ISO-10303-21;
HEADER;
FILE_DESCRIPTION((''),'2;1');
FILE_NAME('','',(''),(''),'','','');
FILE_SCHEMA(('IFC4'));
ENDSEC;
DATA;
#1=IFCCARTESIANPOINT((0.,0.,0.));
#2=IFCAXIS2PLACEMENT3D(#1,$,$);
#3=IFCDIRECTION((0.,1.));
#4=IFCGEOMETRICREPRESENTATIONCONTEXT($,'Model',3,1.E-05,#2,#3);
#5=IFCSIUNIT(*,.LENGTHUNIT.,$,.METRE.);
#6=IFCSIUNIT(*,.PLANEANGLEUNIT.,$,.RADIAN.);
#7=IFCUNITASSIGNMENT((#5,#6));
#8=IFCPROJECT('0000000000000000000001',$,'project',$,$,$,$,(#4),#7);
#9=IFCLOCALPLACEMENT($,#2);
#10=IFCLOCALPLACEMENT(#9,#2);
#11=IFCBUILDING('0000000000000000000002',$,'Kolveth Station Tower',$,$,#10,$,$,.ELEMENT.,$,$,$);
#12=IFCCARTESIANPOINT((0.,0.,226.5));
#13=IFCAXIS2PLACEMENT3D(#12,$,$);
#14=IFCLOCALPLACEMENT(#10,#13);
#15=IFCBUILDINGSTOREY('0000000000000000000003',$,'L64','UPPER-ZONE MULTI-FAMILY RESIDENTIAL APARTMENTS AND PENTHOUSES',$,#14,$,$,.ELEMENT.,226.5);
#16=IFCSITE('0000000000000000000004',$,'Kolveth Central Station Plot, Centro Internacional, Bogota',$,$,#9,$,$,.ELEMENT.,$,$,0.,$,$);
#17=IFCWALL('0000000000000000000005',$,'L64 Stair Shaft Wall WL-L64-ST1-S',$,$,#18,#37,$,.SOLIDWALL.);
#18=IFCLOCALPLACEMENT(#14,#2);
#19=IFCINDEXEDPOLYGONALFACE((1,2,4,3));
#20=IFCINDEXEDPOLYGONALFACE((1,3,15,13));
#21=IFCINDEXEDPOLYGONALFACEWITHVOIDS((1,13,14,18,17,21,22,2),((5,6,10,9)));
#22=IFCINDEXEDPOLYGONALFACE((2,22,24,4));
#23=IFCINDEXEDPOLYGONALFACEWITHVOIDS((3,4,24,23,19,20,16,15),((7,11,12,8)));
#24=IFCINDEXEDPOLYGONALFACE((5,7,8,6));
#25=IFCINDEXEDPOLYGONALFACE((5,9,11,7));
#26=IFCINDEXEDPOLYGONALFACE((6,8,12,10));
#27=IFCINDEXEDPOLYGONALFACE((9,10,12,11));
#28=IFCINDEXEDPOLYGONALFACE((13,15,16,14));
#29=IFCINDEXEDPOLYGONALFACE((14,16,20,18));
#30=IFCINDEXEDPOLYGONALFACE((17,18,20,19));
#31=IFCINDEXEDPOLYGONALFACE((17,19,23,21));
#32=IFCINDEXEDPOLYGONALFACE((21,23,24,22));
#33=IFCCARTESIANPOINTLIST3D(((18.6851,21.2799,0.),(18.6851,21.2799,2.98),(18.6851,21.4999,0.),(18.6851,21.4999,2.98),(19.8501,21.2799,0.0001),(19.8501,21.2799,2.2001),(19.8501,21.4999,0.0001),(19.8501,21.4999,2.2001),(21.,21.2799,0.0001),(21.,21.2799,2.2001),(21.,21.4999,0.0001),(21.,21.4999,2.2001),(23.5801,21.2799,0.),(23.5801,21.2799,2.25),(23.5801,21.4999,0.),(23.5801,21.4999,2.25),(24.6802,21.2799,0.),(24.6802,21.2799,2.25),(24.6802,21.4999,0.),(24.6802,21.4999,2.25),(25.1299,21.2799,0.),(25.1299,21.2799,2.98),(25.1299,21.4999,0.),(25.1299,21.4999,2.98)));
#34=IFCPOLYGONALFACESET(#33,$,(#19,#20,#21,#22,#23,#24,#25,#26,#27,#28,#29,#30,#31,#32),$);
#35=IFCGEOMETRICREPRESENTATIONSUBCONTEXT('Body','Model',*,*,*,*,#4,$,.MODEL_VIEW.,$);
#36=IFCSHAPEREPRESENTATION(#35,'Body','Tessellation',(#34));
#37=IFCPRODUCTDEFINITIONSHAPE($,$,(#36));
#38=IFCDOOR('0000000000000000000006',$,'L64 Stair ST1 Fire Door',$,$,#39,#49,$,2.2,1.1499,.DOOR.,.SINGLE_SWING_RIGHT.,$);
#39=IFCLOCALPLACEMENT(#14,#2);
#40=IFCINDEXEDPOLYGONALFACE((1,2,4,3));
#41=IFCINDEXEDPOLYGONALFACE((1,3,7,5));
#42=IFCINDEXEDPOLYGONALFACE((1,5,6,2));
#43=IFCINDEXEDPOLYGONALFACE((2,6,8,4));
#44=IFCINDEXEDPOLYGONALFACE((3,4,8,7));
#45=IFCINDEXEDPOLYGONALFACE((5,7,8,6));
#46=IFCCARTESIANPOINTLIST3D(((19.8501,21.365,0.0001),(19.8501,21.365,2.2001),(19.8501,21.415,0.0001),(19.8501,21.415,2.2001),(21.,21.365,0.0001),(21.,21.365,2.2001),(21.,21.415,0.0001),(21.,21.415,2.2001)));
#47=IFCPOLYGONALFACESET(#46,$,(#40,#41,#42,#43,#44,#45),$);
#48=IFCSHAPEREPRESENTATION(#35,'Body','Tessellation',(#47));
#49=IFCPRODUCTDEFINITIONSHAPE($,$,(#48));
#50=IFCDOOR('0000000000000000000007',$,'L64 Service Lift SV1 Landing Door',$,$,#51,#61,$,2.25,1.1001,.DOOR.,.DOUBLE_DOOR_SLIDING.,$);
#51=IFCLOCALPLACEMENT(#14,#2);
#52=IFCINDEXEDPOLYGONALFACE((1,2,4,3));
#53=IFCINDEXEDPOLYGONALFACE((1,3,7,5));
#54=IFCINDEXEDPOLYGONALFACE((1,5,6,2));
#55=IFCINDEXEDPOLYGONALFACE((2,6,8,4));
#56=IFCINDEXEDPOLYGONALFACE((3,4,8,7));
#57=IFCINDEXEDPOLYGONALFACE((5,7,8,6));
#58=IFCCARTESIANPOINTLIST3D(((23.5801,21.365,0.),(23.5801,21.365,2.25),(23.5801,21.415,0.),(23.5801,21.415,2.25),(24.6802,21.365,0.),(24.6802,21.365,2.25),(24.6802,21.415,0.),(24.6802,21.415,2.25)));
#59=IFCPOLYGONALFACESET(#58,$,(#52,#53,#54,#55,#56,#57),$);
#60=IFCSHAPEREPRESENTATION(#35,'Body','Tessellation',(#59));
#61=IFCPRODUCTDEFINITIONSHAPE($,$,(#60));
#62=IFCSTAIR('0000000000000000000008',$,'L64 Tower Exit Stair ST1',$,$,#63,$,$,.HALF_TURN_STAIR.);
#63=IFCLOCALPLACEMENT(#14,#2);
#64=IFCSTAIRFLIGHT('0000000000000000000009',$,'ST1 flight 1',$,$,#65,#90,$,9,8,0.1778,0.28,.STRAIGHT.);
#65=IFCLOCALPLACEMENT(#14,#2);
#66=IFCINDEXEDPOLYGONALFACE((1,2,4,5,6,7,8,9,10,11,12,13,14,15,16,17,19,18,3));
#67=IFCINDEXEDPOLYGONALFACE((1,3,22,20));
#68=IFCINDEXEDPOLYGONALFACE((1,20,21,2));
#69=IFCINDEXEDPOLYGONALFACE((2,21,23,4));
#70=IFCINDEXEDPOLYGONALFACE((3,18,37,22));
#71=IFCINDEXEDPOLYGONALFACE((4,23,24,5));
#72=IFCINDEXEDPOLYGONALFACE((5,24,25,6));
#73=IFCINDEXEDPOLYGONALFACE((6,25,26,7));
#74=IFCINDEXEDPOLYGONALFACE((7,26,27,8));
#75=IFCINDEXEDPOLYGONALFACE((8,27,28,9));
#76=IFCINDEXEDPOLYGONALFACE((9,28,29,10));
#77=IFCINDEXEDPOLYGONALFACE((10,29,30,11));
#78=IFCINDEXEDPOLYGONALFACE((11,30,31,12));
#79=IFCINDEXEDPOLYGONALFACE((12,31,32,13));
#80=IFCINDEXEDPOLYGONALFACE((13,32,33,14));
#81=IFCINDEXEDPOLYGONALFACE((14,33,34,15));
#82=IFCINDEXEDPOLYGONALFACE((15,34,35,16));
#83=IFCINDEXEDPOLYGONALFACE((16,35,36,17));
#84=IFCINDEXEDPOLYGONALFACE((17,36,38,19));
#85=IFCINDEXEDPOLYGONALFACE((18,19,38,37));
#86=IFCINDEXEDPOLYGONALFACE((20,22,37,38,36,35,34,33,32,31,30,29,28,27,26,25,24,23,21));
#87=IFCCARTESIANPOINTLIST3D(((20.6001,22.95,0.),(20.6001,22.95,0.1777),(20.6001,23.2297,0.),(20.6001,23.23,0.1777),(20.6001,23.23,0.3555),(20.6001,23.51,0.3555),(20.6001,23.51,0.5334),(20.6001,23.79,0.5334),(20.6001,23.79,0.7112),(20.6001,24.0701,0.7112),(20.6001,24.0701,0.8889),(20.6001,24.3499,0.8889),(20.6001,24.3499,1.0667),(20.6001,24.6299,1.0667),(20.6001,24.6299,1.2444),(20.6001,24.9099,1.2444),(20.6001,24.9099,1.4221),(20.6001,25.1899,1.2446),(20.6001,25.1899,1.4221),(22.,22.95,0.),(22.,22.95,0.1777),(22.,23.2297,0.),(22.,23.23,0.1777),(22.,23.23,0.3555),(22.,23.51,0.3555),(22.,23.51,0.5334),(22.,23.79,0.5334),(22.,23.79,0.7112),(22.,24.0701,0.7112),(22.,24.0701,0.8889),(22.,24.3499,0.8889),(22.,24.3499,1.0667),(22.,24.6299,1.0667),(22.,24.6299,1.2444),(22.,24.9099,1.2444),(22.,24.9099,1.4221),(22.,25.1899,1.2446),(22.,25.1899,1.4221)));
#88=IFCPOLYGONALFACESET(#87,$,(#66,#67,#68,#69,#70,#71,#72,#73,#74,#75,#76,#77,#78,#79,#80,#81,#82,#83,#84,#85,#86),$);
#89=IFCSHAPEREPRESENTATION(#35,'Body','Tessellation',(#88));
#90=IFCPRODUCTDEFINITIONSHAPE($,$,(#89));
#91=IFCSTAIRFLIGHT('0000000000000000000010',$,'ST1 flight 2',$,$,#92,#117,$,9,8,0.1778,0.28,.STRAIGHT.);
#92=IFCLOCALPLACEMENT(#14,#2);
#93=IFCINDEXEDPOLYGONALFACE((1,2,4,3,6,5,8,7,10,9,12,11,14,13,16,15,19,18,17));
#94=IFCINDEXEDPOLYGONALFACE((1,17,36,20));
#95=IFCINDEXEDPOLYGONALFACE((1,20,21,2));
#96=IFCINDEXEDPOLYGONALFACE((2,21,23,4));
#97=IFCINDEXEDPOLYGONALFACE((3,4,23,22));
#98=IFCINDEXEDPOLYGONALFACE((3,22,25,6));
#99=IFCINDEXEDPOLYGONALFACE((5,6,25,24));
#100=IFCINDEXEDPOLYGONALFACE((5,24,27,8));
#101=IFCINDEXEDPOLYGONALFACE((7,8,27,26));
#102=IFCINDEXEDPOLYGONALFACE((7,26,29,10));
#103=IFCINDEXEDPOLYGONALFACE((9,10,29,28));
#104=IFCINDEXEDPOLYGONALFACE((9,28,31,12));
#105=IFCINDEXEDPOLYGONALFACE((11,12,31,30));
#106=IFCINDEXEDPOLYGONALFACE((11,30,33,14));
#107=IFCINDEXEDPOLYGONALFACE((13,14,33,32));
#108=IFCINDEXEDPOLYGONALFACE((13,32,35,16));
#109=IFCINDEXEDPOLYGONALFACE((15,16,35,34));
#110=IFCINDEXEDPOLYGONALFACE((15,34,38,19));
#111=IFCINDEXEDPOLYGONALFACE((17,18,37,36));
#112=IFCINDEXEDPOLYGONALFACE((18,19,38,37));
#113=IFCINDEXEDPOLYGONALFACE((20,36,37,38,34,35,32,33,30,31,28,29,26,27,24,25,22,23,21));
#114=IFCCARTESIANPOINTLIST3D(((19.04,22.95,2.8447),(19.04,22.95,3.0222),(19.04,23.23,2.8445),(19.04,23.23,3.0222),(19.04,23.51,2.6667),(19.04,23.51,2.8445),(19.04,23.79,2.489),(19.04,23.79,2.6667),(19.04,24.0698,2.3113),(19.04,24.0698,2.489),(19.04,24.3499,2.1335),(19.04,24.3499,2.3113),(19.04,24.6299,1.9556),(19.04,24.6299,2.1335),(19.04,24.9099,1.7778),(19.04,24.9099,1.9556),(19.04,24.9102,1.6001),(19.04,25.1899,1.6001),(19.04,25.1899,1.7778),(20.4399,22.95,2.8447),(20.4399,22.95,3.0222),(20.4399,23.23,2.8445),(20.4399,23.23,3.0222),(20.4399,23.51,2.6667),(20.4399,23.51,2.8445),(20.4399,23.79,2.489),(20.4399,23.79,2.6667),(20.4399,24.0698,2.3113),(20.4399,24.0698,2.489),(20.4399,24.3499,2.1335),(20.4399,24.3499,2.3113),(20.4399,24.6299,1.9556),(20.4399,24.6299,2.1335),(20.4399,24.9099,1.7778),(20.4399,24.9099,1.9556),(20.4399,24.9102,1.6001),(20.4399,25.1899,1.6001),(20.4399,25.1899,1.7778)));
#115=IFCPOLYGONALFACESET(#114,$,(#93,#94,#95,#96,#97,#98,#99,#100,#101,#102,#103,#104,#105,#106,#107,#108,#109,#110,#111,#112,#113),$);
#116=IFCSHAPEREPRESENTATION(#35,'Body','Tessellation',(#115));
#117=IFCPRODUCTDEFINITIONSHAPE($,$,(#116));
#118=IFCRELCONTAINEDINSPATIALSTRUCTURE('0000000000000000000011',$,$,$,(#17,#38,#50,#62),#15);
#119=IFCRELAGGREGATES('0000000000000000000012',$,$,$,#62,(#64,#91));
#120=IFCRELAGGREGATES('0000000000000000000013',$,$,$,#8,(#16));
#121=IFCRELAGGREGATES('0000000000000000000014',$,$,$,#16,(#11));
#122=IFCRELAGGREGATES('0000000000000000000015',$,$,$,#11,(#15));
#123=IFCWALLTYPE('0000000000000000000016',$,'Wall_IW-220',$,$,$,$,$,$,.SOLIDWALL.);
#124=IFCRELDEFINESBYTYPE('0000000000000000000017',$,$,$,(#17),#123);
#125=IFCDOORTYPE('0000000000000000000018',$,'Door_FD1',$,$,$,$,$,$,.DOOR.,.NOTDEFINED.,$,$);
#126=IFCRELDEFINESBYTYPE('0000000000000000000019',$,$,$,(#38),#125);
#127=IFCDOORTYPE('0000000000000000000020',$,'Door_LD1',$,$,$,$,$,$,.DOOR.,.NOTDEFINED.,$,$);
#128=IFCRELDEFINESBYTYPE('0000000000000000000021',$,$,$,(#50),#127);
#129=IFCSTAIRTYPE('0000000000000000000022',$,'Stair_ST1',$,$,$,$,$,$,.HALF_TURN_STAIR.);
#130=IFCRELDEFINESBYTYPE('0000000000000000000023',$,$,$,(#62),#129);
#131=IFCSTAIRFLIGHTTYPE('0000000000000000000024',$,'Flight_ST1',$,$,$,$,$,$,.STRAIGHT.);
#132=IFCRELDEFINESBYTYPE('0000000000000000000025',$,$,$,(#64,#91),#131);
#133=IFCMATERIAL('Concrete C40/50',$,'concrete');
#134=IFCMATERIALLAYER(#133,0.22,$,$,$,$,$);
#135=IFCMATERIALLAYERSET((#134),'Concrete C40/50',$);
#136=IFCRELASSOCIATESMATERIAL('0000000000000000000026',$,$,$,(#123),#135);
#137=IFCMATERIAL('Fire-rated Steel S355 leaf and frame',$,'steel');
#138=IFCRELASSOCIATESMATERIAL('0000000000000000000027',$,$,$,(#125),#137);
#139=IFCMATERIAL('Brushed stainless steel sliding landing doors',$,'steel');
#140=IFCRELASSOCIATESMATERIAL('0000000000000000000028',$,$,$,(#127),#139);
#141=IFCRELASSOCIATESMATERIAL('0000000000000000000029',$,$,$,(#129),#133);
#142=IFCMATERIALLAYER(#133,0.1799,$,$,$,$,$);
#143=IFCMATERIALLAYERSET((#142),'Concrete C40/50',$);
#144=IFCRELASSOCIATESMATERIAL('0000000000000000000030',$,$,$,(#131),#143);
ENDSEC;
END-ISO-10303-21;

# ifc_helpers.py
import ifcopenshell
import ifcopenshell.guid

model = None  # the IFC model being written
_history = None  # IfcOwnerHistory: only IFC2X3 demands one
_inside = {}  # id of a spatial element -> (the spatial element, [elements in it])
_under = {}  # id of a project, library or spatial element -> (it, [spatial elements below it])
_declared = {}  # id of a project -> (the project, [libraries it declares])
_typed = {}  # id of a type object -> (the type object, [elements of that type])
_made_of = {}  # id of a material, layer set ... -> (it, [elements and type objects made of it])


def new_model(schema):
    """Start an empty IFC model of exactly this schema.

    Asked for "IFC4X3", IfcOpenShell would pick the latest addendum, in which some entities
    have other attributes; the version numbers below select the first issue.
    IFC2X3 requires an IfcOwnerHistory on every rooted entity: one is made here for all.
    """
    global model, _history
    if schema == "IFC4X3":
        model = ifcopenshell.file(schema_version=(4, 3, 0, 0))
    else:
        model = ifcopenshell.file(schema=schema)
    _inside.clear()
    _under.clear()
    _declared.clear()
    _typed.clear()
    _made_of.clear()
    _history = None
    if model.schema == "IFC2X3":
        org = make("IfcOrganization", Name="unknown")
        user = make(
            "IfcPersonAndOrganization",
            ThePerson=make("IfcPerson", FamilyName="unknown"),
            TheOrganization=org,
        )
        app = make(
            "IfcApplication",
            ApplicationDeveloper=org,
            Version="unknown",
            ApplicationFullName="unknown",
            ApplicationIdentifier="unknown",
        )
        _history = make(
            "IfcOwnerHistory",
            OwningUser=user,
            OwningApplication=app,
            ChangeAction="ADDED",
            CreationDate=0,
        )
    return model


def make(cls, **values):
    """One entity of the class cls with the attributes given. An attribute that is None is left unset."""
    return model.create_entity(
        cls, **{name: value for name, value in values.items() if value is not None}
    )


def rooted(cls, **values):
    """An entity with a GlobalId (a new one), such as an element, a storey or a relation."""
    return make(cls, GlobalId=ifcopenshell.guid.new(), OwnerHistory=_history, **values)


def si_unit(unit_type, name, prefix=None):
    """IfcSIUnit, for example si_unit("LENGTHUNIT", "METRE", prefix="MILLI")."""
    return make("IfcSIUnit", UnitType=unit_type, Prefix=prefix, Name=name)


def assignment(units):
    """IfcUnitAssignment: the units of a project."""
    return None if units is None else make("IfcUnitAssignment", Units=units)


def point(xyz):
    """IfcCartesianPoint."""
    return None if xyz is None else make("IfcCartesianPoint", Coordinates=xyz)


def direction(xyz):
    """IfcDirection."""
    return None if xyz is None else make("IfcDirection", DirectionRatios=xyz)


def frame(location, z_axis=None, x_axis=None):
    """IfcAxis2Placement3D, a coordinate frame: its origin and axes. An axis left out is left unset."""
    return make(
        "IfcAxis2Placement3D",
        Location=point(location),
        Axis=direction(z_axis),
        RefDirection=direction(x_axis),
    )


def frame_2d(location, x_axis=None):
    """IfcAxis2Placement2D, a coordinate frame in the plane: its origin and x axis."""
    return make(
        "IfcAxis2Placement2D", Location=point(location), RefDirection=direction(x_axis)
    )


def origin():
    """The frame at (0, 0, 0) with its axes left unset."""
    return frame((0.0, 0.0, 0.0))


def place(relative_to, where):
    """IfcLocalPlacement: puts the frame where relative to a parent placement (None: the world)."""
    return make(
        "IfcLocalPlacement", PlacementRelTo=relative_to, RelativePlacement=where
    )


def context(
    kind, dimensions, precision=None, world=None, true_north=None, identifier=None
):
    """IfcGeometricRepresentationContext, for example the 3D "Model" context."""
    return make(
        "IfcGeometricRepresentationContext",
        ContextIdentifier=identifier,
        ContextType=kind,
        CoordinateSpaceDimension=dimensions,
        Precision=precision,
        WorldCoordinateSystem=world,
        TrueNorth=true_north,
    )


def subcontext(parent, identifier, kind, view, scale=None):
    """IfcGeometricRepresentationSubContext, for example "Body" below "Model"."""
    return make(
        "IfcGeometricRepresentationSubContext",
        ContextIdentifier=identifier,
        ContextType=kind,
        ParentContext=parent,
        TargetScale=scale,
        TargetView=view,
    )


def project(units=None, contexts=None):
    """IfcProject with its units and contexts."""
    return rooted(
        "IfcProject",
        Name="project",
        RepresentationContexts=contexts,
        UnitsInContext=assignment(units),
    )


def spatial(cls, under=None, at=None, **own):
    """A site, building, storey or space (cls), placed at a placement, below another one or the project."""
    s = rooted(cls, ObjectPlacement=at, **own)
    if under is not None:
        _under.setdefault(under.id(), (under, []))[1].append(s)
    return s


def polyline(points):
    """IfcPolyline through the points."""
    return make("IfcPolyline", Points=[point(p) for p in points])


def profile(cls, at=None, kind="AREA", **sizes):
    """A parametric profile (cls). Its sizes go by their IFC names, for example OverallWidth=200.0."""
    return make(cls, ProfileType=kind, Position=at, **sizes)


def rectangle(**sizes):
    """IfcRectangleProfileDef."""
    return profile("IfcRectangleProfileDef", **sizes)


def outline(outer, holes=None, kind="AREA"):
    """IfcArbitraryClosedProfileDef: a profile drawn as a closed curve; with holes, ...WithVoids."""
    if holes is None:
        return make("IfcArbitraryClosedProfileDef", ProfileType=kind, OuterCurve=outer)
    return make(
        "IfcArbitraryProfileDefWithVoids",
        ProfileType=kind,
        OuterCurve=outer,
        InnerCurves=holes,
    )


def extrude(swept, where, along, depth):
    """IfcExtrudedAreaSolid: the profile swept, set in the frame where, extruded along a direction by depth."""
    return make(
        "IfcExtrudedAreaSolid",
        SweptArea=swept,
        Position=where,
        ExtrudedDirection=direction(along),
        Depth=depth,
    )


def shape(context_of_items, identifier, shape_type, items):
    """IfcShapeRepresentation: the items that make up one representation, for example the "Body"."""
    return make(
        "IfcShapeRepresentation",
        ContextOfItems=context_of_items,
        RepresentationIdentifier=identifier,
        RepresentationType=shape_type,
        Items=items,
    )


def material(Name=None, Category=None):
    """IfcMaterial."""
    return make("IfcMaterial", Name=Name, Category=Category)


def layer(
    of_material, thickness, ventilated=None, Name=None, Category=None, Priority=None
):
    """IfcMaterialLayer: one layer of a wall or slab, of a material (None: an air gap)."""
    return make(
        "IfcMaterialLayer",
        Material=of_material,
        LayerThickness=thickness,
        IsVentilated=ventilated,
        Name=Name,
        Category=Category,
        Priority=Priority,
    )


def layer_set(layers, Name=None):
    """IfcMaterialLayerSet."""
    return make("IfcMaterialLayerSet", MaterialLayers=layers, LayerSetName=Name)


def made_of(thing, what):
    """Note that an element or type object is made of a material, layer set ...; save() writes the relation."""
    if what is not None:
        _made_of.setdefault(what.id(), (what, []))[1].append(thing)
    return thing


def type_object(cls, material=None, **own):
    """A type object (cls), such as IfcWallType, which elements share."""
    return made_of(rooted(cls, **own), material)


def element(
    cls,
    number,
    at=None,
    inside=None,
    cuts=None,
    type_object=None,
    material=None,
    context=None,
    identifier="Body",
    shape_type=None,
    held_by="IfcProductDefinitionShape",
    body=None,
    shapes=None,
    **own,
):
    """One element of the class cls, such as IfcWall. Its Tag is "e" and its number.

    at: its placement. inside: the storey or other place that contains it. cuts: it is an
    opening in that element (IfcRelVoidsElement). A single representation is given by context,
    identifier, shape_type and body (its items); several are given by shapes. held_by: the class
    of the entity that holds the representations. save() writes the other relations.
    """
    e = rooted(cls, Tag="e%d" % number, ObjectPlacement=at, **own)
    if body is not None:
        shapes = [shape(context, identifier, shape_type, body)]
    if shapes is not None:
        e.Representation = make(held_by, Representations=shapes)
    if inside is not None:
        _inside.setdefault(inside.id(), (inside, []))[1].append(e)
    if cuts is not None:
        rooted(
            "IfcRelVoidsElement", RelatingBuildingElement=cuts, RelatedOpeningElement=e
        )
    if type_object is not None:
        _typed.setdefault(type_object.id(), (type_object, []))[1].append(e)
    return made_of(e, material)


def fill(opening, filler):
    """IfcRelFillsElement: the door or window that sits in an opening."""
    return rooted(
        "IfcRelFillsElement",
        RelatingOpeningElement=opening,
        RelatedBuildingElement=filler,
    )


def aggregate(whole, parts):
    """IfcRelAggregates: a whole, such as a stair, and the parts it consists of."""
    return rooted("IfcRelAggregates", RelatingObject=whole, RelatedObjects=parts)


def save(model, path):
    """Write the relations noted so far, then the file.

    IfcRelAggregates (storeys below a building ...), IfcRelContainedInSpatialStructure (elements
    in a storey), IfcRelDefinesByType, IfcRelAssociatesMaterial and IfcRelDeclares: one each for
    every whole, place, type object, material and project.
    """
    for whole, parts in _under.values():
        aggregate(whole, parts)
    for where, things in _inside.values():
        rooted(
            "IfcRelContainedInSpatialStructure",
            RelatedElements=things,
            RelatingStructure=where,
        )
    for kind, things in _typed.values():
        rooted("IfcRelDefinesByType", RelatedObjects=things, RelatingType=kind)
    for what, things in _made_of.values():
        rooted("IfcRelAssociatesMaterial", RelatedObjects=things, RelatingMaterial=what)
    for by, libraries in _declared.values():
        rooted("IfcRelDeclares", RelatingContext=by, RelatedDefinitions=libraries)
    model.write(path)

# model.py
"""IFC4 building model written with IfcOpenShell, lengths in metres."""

from ifc_helpers import new_model, si_unit, direction, frame, frame_2d, origin, place, context, subcontext, project, spatial, polyline, rectangle, outline, extrude, material, layer, layer_set, type_object, element, fill, aggregate, save


model = new_model("IFC4")

# Units and contexts
model_context = context("Model", 3, precision=1e-05, world=origin(), true_north=direction((0.0, 1.0)))
body_context = subcontext(model_context, "Body", "Model", "MODEL_VIEW")
ifc_project = project(units=[si_unit("LENGTHUNIT", "METRE"), si_unit("PLANEANGLEUNIT", "RADIAN")], contexts=[model_context])

# Site, building, storey
site_placement = place(None, origin())
site = spatial("IfcSite", under=ifc_project, at=site_placement, Name="Kolveth Central Station Plot, Centro Internacional, Bogota", CompositionType="ELEMENT", RefElevation=0.0)
building_placement = place(site_placement, origin())
building = spatial("IfcBuilding", under=site, at=building_placement, Name="Kolveth Station Tower", CompositionType="ELEMENT")
storey_placement = place(building_placement, frame((0.0, 0.0, 226.5)))
storey = spatial("IfcBuildingStorey", under=building, at=storey_placement, Name="L64", Description="UPPER-ZONE MULTI-FAMILY RESIDENTIAL APARTMENTS AND PENTHOUSES", CompositionType="ELEMENT", Elevation=226.5)

# Shared definitions
ifc_material_1 = material(Name="Concrete C40/50", Category="concrete")
ifc_layer_1 = layer(ifc_material_1, 0.22)
ifc_layer_set_1 = layer_set([ifc_layer_1], Name="Concrete C40/50")
wall_type_1 = type_object("IfcWallType", Name="Wall_IW-220", PredefinedType="SOLIDWALL", material=ifc_layer_set_1)

# Wall, openings, doors
wall_1_placement = place(storey_placement, frame((18.6851, 21.3899, 0.0), z_axis=(0.0, 0.0, 1.0), x_axis=(1.0, 0.0, 0.0)))
wall_1 = element("IfcWall", 1, at=wall_1_placement, inside=storey, type_object=wall_type_1, Name="L64 Stair Shaft Wall WL-L64-ST1-S", PredefinedType="SOLIDWALL", context=body_context, shape_type="SweptSolid", body=[
    extrude(rectangle(XDim=6.4448, YDim=0.22, at=frame_2d((3.2224, 0.0))), origin(), (0.0, 0.0, 1.0), 2.98),
])
opening_1_placement = place(wall_1_placement, frame((1.165, 0.0, 0.0)))
opening_1 = element("IfcOpeningElement", 2, at=opening_1_placement, cuts=wall_1, PredefinedType="OPENING", context=body_context, shape_type="SweptSolid", body=[
    extrude(rectangle(XDim=1.1499, YDim=2.2, at=frame_2d((0.575, 1.1001))), frame((0.0, 0.1199, 0.0), z_axis=(0.0, -1.0, 0.0), x_axis=(1.0, 0.0, 0.0)), (0.0, 0.0, 1.0), 0.24),
])
opening_2_placement = place(wall_1_placement, frame((4.895, 0.0, 0.0)))
opening_2 = element("IfcOpeningElement", 3, at=opening_2_placement, cuts=wall_1, PredefinedType="OPENING", context=body_context, shape_type="SweptSolid", body=[
    extrude(rectangle(XDim=1.1001, YDim=2.25, at=frame_2d((0.55, 1.125))), frame((0.0, 0.1199, 0.0), z_axis=(0.0, -1.0, 0.0), x_axis=(1.0, 0.0, 0.0)), (0.0, 0.0, 1.0), 0.24),
])
ifc_material_2 = material(Name="Fire-rated Steel S355 leaf and frame", Category="steel")
door_type_1 = type_object("IfcDoorType", Name="Door_FD1", OperationType="NOTDEFINED", PredefinedType="DOOR", material=ifc_material_2)
door_1_placement = place(opening_1_placement, frame((1.1499, 0.0, 0.0), z_axis=(0.0, 0.0, 1.0), x_axis=(-1.0, 0.0, 0.0)))
door_1 = element("IfcDoor", 4, at=door_1_placement, inside=storey, type_object=door_type_1, Name="L64 Stair ST1 Fire Door", OperationType="SINGLE_SWING_RIGHT", OverallHeight=2.2, OverallWidth=1.1499, PredefinedType="DOOR", context=body_context, shape_type="SweptSolid", body=[
    extrude(rectangle(XDim=1.1499, YDim=2.2, at=frame_2d((0.575, 1.1001))), frame((0.0, 0.0249, 0.0), z_axis=(0.0, -1.0, 0.0), x_axis=(1.0, 0.0, 0.0)), (0.0, 0.0, 1.0), 0.05),
])
fill(opening_1, door_1)
ifc_material_3 = material(Name="Brushed stainless steel sliding landing doors", Category="steel")
door_type_2 = type_object("IfcDoorType", Name="Door_LD1", OperationType="NOTDEFINED", PredefinedType="DOOR", material=ifc_material_3)
door_2_placement = place(opening_2_placement, frame((1.1001, 0.0, 0.0), z_axis=(0.0, 0.0, 1.0), x_axis=(-1.0, 0.0, 0.0)))
door_2 = element("IfcDoor", 5, at=door_2_placement, inside=storey, type_object=door_type_2, Name="L64 Service Lift SV1 Landing Door", OperationType="DOUBLE_DOOR_SLIDING", OverallHeight=2.25, OverallWidth=1.1001, PredefinedType="DOOR", context=body_context, shape_type="SweptSolid", body=[
    extrude(rectangle(XDim=1.1001, YDim=2.25, at=frame_2d((0.55, 1.125))), frame((0.0, 0.0249, 0.0), z_axis=(0.0, -1.0, 0.0), x_axis=(1.0, 0.0, 0.0)), (0.0, 0.0, 1.0), 0.05),
])
fill(opening_2, door_2)

# Stair, stair flights
stair_type = type_object("IfcStairType", Name="Stair_ST1", PredefinedType="HALF_TURN_STAIR", material=ifc_material_1)
stair_placement = place(storey_placement, origin())
stair = element("IfcStair", 6, at=stair_placement, inside=storey, type_object=stair_type, Name="L64 Tower Exit Stair ST1", PredefinedType="HALF_TURN_STAIR")
ifc_layer_2 = layer(ifc_material_1, 0.1799)
ifc_layer_set_2 = layer_set([ifc_layer_2], Name="Concrete C40/50")
stair_flight_type = type_object("IfcStairFlightType", Name="Flight_ST1", PredefinedType="STRAIGHT", material=ifc_layer_set_2)
stair_flight_1_placement = place(storey_placement, frame((21.3, 22.95, 0.0), z_axis=(0.0, 0.0, 1.0), x_axis=(0.0, 1.0, 0.0)))
stair_flight_1 = element("IfcStairFlight", 7, at=stair_flight_1_placement, type_object=stair_flight_type, Name="ST1 flight 1", NumberOfRisers=9, NumberOfTreads=8, PredefinedType="STRAIGHT", RiserHeight=0.1778, TreadLength=0.28, context=body_context, shape_type="SweptSolid", body=[
    extrude(outline(polyline([(0.0, 0.0), (0.0, 0.1777), (0.28, 0.1777), (0.28, 0.3555), (0.5601, 0.3555), (0.5601, 0.5334), (0.8401, 0.5334), (0.8401, 0.7112), (1.1201, 0.7112), (1.1201, 0.8889), (1.3999, 0.8889), (1.3999, 1.0667), (1.6799, 1.0667), (1.6799, 1.2444), (1.96, 1.2444), (1.96, 1.4221), (2.24, 1.4221), (2.24, 1.6001), (2.24, 1.2446), (0.2798, 0.0), (0.0, 0.0)])), frame((0.0, 0.7, 0.0), z_axis=(0.0, -1.0, 0.0), x_axis=(1.0, 0.0, 0.0)), (0.0, 0.0, 1.0), 1.3999),
])
stair_flight_2_placement = place(storey_placement, frame((19.74, 25.1899, 1.6001), z_axis=(0.0, 0.0, 1.0), x_axis=(0.0, -1.0, 0.0)))
stair_flight_2 = element("IfcStairFlight", 8, at=stair_flight_2_placement, type_object=stair_flight_type, Name="ST1 flight 2", NumberOfRisers=9, NumberOfTreads=8, PredefinedType="STRAIGHT", RiserHeight=0.1778, TreadLength=0.28, context=body_context, shape_type="SweptSolid", body=[
    extrude(outline(polyline([(0.0, 0.0), (0.0, 0.1777), (0.28, 0.1777), (0.28, 0.3555), (0.5601, 0.3555), (0.5601, 0.5334), (0.8401, 0.5334), (0.8401, 0.7112), (1.1201, 0.7112), (1.1201, 0.8889), (1.3999, 0.8889), (1.3999, 1.0667), (1.6799, 1.0667), (1.6799, 1.2444), (1.96, 1.2444), (1.96, 1.4221), (2.24, 1.4221), (2.24, 1.6001), (2.24, 1.2446), (0.2798, 0.0), (0.0, 0.0)])), frame((0.0, 0.7, 0.0), z_axis=(0.0, -1.0, 0.0), x_axis=(1.0, 0.0, 0.0)), (0.0, 0.0, 1.0), 1.3999),
])
aggregate(stair, [stair_flight_1, stair_flight_2])

save(model, "model.ifc")
